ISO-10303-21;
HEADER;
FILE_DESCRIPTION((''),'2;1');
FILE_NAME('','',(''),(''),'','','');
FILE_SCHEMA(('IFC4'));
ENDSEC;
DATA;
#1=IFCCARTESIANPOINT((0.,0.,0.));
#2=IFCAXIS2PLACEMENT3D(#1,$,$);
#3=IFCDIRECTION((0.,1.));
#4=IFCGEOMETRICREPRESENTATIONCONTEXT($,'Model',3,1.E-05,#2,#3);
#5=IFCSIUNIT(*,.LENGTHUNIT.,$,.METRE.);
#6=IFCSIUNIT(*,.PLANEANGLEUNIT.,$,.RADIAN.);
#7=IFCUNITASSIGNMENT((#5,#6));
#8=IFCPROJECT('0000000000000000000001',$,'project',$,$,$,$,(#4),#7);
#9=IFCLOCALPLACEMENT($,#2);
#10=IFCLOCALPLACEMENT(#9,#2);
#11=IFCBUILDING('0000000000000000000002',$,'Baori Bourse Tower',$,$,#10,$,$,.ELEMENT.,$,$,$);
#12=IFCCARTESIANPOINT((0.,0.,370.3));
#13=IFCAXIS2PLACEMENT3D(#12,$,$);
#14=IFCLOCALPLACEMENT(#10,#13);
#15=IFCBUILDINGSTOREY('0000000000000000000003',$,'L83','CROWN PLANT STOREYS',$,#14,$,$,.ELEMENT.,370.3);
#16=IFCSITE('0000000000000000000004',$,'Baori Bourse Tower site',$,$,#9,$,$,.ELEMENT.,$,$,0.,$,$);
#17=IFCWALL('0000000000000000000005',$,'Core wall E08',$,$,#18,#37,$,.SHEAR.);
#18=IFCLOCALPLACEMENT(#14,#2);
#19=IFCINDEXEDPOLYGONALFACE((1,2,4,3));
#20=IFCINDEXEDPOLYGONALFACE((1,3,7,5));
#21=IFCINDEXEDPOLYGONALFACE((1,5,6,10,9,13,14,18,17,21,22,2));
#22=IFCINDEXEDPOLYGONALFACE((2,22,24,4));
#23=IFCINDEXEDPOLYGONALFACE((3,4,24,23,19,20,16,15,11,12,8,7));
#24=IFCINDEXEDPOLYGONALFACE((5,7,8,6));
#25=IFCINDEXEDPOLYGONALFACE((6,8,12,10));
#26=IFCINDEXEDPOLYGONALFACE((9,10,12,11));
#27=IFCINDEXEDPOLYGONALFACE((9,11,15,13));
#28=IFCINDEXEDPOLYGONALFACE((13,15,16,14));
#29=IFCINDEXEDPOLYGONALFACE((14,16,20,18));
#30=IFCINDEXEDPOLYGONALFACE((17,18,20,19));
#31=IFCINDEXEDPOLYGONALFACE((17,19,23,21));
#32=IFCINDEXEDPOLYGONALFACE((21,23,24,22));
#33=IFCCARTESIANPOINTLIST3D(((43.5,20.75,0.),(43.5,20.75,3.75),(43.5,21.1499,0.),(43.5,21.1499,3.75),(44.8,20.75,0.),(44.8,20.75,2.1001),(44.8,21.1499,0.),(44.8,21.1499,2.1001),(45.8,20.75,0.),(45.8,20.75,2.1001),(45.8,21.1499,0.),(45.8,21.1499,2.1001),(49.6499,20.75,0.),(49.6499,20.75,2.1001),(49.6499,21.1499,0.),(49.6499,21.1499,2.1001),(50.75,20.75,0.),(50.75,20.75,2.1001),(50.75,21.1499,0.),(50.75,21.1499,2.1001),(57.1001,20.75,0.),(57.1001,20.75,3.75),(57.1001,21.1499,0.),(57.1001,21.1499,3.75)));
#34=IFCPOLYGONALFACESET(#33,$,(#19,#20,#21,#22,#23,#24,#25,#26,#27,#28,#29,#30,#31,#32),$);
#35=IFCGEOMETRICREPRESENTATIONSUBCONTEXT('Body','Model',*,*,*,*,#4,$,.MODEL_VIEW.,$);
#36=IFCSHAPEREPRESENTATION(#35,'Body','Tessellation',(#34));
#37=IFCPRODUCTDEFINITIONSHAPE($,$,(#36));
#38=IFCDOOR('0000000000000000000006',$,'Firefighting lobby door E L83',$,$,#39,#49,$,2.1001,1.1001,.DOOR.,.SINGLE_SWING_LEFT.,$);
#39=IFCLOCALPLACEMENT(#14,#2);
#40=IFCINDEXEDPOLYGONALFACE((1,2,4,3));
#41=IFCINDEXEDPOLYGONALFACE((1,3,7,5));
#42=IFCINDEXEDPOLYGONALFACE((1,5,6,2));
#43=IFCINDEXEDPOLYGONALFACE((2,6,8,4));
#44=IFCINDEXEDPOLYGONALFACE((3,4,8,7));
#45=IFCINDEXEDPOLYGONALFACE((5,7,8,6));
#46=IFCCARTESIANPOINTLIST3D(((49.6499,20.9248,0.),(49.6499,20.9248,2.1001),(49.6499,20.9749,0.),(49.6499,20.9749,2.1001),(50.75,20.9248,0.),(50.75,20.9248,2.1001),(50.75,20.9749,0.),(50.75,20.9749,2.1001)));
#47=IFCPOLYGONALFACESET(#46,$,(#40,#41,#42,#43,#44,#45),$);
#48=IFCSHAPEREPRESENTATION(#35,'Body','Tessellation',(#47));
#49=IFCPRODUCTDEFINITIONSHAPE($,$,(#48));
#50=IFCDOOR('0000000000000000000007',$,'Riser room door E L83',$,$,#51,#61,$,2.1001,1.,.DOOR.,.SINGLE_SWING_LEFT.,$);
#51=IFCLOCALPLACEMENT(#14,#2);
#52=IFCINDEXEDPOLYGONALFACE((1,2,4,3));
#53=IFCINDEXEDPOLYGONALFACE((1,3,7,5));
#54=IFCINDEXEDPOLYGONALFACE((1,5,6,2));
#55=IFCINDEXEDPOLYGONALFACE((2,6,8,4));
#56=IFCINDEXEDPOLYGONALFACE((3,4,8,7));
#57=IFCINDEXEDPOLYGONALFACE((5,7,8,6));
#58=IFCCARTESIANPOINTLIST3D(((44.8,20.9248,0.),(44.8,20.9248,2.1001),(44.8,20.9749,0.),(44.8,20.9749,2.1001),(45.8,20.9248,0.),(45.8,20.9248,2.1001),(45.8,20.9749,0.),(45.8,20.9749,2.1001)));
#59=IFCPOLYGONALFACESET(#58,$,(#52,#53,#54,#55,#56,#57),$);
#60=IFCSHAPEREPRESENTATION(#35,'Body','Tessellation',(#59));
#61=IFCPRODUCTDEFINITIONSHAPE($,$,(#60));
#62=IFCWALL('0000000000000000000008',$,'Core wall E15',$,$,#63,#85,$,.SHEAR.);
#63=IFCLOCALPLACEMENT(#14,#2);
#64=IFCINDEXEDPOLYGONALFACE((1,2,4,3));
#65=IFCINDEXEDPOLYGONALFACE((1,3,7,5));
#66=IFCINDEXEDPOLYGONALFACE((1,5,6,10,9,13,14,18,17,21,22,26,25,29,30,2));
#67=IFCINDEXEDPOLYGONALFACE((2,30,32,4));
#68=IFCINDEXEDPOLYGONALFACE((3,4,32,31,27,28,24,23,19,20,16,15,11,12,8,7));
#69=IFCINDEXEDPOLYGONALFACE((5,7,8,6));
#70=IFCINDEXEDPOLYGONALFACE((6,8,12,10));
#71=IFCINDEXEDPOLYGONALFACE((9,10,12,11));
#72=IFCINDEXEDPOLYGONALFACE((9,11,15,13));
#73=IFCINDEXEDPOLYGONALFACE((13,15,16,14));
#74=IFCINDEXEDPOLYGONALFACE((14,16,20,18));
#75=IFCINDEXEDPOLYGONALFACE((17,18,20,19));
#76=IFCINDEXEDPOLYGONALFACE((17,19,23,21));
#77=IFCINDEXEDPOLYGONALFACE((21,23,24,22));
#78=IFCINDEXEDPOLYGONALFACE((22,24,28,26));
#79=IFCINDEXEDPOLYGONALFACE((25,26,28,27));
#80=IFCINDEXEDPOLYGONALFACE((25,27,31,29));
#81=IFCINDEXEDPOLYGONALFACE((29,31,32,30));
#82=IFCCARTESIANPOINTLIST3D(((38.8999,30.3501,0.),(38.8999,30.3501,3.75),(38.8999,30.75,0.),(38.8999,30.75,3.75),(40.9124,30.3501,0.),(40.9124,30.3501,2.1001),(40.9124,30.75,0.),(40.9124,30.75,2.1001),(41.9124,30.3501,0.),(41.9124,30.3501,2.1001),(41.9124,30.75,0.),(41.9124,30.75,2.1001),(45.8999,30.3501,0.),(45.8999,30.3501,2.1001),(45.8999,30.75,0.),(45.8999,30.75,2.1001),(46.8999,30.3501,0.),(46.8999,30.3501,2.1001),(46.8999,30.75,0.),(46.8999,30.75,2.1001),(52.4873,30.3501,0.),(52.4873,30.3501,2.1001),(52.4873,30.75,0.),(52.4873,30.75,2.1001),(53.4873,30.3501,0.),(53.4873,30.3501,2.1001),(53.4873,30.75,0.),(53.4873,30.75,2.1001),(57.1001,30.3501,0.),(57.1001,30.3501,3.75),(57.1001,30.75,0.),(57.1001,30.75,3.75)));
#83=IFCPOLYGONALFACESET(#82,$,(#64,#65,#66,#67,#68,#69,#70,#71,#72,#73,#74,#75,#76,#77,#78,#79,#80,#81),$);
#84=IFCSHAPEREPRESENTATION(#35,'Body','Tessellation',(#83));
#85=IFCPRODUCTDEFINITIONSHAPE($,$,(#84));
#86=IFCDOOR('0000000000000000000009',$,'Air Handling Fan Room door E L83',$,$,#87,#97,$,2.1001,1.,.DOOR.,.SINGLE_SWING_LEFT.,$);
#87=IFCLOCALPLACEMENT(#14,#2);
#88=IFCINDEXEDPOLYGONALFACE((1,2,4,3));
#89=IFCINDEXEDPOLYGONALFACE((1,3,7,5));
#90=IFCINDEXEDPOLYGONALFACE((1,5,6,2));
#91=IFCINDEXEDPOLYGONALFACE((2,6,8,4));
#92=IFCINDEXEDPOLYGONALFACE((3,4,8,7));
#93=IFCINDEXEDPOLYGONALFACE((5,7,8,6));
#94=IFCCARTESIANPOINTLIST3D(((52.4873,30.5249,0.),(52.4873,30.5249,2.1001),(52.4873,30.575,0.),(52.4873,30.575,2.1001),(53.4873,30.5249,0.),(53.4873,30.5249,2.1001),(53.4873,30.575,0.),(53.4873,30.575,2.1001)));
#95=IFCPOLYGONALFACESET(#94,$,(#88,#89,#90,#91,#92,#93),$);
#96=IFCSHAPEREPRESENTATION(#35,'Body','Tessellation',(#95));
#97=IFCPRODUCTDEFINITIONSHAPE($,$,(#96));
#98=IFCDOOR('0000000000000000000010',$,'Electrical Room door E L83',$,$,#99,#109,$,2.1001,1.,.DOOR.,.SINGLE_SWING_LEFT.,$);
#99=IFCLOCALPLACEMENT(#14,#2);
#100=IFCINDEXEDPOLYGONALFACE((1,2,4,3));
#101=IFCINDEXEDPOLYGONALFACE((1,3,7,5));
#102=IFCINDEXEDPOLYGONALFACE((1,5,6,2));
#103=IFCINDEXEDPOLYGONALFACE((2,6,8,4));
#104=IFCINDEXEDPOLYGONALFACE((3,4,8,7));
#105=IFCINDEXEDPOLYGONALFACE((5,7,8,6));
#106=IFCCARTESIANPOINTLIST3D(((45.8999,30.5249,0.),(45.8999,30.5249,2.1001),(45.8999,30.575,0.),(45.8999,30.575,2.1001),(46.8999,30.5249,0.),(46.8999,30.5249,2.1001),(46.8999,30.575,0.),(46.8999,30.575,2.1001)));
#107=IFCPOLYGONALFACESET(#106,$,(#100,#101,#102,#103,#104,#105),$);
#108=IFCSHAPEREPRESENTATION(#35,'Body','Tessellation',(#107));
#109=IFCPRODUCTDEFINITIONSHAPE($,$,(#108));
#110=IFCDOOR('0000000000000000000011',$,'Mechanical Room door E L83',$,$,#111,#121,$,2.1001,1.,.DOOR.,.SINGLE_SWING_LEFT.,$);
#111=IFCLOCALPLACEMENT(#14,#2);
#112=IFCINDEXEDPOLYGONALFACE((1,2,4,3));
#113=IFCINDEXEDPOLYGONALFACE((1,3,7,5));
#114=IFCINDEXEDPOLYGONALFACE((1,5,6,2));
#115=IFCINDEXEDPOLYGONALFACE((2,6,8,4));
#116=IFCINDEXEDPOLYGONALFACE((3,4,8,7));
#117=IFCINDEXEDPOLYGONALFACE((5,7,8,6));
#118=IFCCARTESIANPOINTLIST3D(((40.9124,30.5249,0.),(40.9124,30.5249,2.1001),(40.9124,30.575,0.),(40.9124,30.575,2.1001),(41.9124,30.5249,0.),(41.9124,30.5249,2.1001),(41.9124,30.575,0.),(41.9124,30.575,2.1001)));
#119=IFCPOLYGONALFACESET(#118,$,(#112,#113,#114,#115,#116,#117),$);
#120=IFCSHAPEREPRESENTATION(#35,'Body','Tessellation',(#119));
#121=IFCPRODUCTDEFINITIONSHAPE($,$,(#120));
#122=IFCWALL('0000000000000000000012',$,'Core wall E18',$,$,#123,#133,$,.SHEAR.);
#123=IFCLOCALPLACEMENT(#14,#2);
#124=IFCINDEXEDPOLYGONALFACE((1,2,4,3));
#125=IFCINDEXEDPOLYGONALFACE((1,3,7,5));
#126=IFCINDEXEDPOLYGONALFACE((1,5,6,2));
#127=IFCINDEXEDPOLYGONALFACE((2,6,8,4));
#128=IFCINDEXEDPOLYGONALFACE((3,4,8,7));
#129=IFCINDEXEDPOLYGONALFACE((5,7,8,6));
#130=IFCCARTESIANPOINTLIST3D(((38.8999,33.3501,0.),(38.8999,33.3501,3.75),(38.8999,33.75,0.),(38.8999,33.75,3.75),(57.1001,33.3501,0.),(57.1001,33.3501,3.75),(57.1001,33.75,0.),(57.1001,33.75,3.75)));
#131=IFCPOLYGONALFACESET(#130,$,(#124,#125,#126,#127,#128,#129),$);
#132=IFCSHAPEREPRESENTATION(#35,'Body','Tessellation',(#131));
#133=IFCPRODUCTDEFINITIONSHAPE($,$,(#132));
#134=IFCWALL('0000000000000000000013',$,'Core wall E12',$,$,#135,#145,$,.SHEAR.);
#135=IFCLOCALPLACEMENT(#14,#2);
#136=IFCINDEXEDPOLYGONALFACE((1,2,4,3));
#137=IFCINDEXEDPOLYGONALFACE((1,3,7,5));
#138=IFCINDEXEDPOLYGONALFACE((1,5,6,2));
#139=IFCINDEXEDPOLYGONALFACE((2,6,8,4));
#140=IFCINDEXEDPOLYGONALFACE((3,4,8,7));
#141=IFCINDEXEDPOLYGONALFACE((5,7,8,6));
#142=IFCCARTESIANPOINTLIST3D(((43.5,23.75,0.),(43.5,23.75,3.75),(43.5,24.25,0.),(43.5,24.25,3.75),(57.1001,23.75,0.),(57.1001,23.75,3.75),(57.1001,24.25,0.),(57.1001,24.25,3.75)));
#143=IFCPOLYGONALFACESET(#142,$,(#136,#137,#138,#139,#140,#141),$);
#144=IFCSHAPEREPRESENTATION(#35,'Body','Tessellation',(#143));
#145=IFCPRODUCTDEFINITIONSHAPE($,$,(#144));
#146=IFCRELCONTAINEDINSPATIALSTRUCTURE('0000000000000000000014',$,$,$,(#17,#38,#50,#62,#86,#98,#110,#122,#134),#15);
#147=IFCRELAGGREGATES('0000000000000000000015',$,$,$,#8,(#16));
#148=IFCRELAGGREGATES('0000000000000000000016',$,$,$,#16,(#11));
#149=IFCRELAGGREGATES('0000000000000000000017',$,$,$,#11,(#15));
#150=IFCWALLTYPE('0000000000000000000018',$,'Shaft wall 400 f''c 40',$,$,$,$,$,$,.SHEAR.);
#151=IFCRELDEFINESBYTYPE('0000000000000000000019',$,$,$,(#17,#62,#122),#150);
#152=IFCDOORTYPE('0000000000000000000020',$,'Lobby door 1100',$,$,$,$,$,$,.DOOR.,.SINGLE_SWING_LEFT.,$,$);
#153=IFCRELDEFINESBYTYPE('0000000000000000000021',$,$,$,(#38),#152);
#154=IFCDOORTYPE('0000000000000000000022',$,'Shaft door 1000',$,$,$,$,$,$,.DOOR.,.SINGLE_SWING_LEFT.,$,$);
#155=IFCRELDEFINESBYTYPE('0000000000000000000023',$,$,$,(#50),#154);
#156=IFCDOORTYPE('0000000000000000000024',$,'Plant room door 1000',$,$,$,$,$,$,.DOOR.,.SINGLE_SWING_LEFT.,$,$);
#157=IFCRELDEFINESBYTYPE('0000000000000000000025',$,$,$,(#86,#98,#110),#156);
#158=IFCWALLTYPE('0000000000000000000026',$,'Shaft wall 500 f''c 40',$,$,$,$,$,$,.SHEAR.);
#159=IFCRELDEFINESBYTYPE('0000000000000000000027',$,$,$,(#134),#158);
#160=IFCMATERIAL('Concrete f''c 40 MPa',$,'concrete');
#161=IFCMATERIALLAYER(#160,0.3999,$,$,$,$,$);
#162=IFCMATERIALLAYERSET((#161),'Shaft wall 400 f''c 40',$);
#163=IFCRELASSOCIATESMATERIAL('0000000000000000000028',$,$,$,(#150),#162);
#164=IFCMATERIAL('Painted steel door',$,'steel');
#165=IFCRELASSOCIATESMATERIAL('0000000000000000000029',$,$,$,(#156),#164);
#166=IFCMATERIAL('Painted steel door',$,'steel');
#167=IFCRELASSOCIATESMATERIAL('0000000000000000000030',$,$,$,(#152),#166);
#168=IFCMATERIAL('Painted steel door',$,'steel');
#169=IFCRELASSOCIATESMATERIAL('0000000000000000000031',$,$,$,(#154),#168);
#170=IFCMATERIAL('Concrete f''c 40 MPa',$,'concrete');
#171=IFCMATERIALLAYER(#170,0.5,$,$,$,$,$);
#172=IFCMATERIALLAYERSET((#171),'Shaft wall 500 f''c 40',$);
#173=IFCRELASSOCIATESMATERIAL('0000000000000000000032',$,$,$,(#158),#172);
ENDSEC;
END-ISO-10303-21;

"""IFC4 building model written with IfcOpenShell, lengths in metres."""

from ifc_helpers import new_model, si_unit, direction, frame, frame_2d, origin, place, context, subcontext, project, spatial, rectangle, extrude, material, layer, layer_set, type_object, element, fill, save


model = new_model("IFC4")

# Units and contexts
model_context = context("Model", 3, precision=1e-05, world=origin(), true_north=direction((0.0, 1.0)))
body_context = subcontext(model_context, "Body", "Model", "MODEL_VIEW")
ifc_project = project(units=[si_unit("LENGTHUNIT", "METRE"), si_unit("PLANEANGLEUNIT", "RADIAN")], contexts=[model_context])

# Site, building, storey
site_placement = place(None, origin())
site = spatial("IfcSite", under=ifc_project, at=site_placement, Name="Baori Bourse Tower site", CompositionType="ELEMENT", RefElevation=0.0)
building_placement = place(site_placement, origin())
building = spatial("IfcBuilding", under=site, at=building_placement, Name="Baori Bourse Tower", CompositionType="ELEMENT")
storey_placement = place(building_placement, frame((0.0, 0.0, 370.3)))
storey = spatial("IfcBuildingStorey", under=building, at=storey_placement, Name="L83", Description="CROWN PLANT STOREYS", CompositionType="ELEMENT", Elevation=370.3)

# Shared definitions
ifc_material_1 = material(Name="Concrete f'c 40 MPa", Category="concrete")
ifc_layer_1 = layer(ifc_material_1, 0.3999)
ifc_layer_set_1 = layer_set([ifc_layer_1], Name="Shaft wall 400 f'c 40")
wall_type_1 = type_object("IfcWallType", Name="Shaft wall 400 f'c 40", PredefinedType="SHEAR", material=ifc_layer_set_1)
ifc_material_2 = material(Name="Painted steel door", Category="steel")
door_type_1 = type_object("IfcDoorType", Name="Plant room door 1000", OperationType="SINGLE_SWING_LEFT", PredefinedType="DOOR", material=ifc_material_2)

# Walls, openings, doors
wall_1_placement = place(storey_placement, frame((43.5, 20.95, 0.0), z_axis=(0.0, 0.0, 1.0), x_axis=(1.0, 0.0, 0.0)))
wall_1 = element("IfcWall", 1, at=wall_1_placement, inside=storey, type_object=wall_type_1, Name="Core wall E08", PredefinedType="SHEAR", context=body_context, shape_type="SweptSolid", body=[
    extrude(rectangle(XDim=13.6001, YDim=0.3999, at=frame_2d((6.8, 0.0))), origin(), (0.0, 0.0, 1.0), 3.75),
])
opening_1_placement = place(wall_1_placement, frame((6.1499, 0.0, 0.0)))
opening_1 = element("IfcOpeningElement", 2, at=opening_1_placement, cuts=wall_1, PredefinedType="OPENING", context=body_context, shape_type="SweptSolid", body=[
    extrude(rectangle(XDim=1.1001, YDim=2.1001, at=frame_2d((0.55, 1.05))), frame((0.0, 0.21, 0.0), z_axis=(0.0, -1.0, 0.0), x_axis=(1.0, 0.0, 0.0)), (0.0, 0.0, 1.0), 0.4199),
])
opening_2_placement = place(wall_1_placement, frame((1.3, 0.0, 0.0)))
opening_2 = element("IfcOpeningElement", 3, at=opening_2_placement, cuts=wall_1, PredefinedType="OPENING", context=body_context, shape_type="SweptSolid", body=[
    extrude(rectangle(XDim=1.0, YDim=2.1001, at=frame_2d((0.5, 1.05))), frame((0.0, 0.21, 0.0), z_axis=(0.0, -1.0, 0.0), x_axis=(1.0, 0.0, 0.0)), (0.0, 0.0, 1.0), 0.4199),
])
ifc_material_3 = material(Name="Painted steel door", Category="steel")
door_type_2 = type_object("IfcDoorType", Name="Lobby door 1100", OperationType="SINGLE_SWING_LEFT", PredefinedType="DOOR", material=ifc_material_3)
door_1_placement = place(opening_1_placement, origin())
door_1 = element("IfcDoor", 4, at=door_1_placement, inside=storey, type_object=door_type_2, Name="Firefighting lobby door E L83", OperationType="SINGLE_SWING_LEFT", OverallHeight=2.1001, OverallWidth=1.1001, PredefinedType="DOOR", context=body_context, shape_type="SweptSolid", body=[
    extrude(rectangle(XDim=1.1001, YDim=2.1001, at=frame_2d((0.55, 1.05))), frame((0.0, 0.0249, 0.0), z_axis=(0.0, -1.0, 0.0), x_axis=(1.0, 0.0, 0.0)), (0.0, 0.0, 1.0), 0.05),
])
fill(opening_1, door_1)
ifc_material_4 = material(Name="Painted steel door", Category="steel")
door_type_3 = type_object("IfcDoorType", Name="Shaft door 1000", OperationType="SINGLE_SWING_LEFT", PredefinedType="DOOR", material=ifc_material_4)
door_2_placement = place(opening_2_placement, origin())
door_2 = element("IfcDoor", 5, at=door_2_placement, inside=storey, type_object=door_type_3, Name="Riser room door E L83", OperationType="SINGLE_SWING_LEFT", OverallHeight=2.1001, OverallWidth=1.0, PredefinedType="DOOR", context=body_context, shape_type="SweptSolid", body=[
    extrude(rectangle(XDim=1.0, YDim=2.1001, at=frame_2d((0.5, 1.05))), frame((0.0, 0.0249, 0.0), z_axis=(0.0, -1.0, 0.0), x_axis=(1.0, 0.0, 0.0)), (0.0, 0.0, 1.0), 0.05),
])
fill(opening_2, door_2)
wall_2_placement = place(storey_placement, frame((38.8999, 30.55, 0.0), z_axis=(0.0, 0.0, 1.0), x_axis=(1.0, 0.0, 0.0)))
wall_2 = element("IfcWall", 6, at=wall_2_placement, inside=storey, type_object=wall_type_1, Name="Core wall E15", PredefinedType="SHEAR", context=body_context, shape_type="SweptSolid", body=[
    extrude(rectangle(XDim=18.2002, YDim=0.3999, at=frame_2d((9.1001, 0.0))), origin(), (0.0, 0.0, 1.0), 3.75),
])
opening_3_placement = place(wall_2_placement, frame((13.5874, 0.0, 0.0)))
opening_3 = element("IfcOpeningElement", 7, at=opening_3_placement, cuts=wall_2, PredefinedType="OPENING", context=body_context, shape_type="SweptSolid", body=[
    extrude(rectangle(XDim=1.0, YDim=2.1001, at=frame_2d((0.5, 1.05))), frame((0.0, 0.21, 0.0), z_axis=(0.0, -1.0, 0.0), x_axis=(1.0, 0.0, 0.0)), (0.0, 0.0, 1.0), 0.4199),
])
opening_4_placement = place(wall_2_placement, frame((7.0, 0.0, 0.0)))
opening_4 = element("IfcOpeningElement", 8, at=opening_4_placement, cuts=wall_2, PredefinedType="OPENING", context=body_context, shape_type="SweptSolid", body=[
    extrude(rectangle(XDim=1.0, YDim=2.1001, at=frame_2d((0.5, 1.05))), frame((0.0, 0.21, 0.0), z_axis=(0.0, -1.0, 0.0), x_axis=(1.0, 0.0, 0.0)), (0.0, 0.0, 1.0), 0.4199),
])
opening_5_placement = place(wall_2_placement, frame((2.0125, 0.0, 0.0)))
opening_5 = element("IfcOpeningElement", 9, at=opening_5_placement, cuts=wall_2, PredefinedType="OPENING", context=body_context, shape_type="SweptSolid", body=[
    extrude(rectangle(XDim=1.0, YDim=2.1001, at=frame_2d((0.5, 1.05))), frame((0.0, 0.21, 0.0), z_axis=(0.0, -1.0, 0.0), x_axis=(1.0, 0.0, 0.0)), (0.0, 0.0, 1.0), 0.4199),
])
door_3_placement = place(opening_3_placement, origin())
door_3 = element("IfcDoor", 10, at=door_3_placement, inside=storey, type_object=door_type_1, Name="Air Handling Fan Room door E L83", OperationType="SINGLE_SWING_LEFT", OverallHeight=2.1001, OverallWidth=1.0, PredefinedType="DOOR", context=body_context, shape_type="SweptSolid", body=[
    extrude(rectangle(XDim=1.0, YDim=2.1001, at=frame_2d((0.5, 1.05))), frame((0.0, 0.0249, 0.0), z_axis=(0.0, -1.0, 0.0), x_axis=(1.0, 0.0, 0.0)), (0.0, 0.0, 1.0), 0.05),
])
fill(opening_3, door_3)
door_4_placement = place(opening_4_placement, origin())
door_4 = element("IfcDoor", 11, at=door_4_placement, inside=storey, type_object=door_type_1, Name="Electrical Room door E L83", OperationType="SINGLE_SWING_LEFT", OverallHeight=2.1001, OverallWidth=1.0, PredefinedType="DOOR", context=body_context, shape_type="SweptSolid", body=[
    extrude(rectangle(XDim=1.0, YDim=2.1001, at=frame_2d((0.5, 1.05))), frame((0.0, 0.0249, 0.0), z_axis=(0.0, -1.0, 0.0), x_axis=(1.0, 0.0, 0.0)), (0.0, 0.0, 1.0), 0.05),
])
fill(opening_4, door_4)
door_5_placement = place(opening_5_placement, origin())
door_5 = element("IfcDoor", 12, at=door_5_placement, inside=storey, type_object=door_type_1, Name="Mechanical Room door E L83", OperationType="SINGLE_SWING_LEFT", OverallHeight=2.1001, OverallWidth=1.0, PredefinedType="DOOR", context=body_context, shape_type="SweptSolid", body=[
    extrude(rectangle(XDim=1.0, YDim=2.1001, at=frame_2d((0.5, 1.05))), frame((0.0, 0.0249, 0.0), z_axis=(0.0, -1.0, 0.0), x_axis=(1.0, 0.0, 0.0)), (0.0, 0.0, 1.0), 0.05),
])
fill(opening_5, door_5)

# Walls
wall_3_placement = place(storey_placement, frame((38.8999, 33.55, 0.0), z_axis=(0.0, 0.0, 1.0), x_axis=(1.0, 0.0, 0.0)))
element("IfcWall", 13, at=wall_3_placement, inside=storey, type_object=wall_type_1, Name="Core wall E18", PredefinedType="SHEAR", context=body_context, shape_type="SweptSolid", body=[
    extrude(rectangle(XDim=18.2002, YDim=0.3999, at=frame_2d((9.1001, 0.0))), origin(), (0.0, 0.0, 1.0), 3.75),
])
ifc_material_5 = material(Name="Concrete f'c 40 MPa", Category="concrete")
ifc_layer_2 = layer(ifc_material_5, 0.5)
ifc_layer_set_2 = layer_set([ifc_layer_2], Name="Shaft wall 500 f'c 40")
wall_type_2 = type_object("IfcWallType", Name="Shaft wall 500 f'c 40", PredefinedType="SHEAR", material=ifc_layer_set_2)
wall_4_placement = place(storey_placement, frame((43.5, 24.0, 0.0), z_axis=(0.0, 0.0, 1.0), x_axis=(1.0, 0.0, 0.0)))
element("IfcWall", 14, at=wall_4_placement, inside=storey, type_object=wall_type_2, Name="Core wall E12", PredefinedType="SHEAR", context=body_context, shape_type="SweptSolid", body=[
    extrude(rectangle(XDim=13.6001, YDim=0.5, at=frame_2d((6.8, 0.0))), origin(), (0.0, 0.0, 1.0), 3.75),
])

save(model, "model.ifc")
